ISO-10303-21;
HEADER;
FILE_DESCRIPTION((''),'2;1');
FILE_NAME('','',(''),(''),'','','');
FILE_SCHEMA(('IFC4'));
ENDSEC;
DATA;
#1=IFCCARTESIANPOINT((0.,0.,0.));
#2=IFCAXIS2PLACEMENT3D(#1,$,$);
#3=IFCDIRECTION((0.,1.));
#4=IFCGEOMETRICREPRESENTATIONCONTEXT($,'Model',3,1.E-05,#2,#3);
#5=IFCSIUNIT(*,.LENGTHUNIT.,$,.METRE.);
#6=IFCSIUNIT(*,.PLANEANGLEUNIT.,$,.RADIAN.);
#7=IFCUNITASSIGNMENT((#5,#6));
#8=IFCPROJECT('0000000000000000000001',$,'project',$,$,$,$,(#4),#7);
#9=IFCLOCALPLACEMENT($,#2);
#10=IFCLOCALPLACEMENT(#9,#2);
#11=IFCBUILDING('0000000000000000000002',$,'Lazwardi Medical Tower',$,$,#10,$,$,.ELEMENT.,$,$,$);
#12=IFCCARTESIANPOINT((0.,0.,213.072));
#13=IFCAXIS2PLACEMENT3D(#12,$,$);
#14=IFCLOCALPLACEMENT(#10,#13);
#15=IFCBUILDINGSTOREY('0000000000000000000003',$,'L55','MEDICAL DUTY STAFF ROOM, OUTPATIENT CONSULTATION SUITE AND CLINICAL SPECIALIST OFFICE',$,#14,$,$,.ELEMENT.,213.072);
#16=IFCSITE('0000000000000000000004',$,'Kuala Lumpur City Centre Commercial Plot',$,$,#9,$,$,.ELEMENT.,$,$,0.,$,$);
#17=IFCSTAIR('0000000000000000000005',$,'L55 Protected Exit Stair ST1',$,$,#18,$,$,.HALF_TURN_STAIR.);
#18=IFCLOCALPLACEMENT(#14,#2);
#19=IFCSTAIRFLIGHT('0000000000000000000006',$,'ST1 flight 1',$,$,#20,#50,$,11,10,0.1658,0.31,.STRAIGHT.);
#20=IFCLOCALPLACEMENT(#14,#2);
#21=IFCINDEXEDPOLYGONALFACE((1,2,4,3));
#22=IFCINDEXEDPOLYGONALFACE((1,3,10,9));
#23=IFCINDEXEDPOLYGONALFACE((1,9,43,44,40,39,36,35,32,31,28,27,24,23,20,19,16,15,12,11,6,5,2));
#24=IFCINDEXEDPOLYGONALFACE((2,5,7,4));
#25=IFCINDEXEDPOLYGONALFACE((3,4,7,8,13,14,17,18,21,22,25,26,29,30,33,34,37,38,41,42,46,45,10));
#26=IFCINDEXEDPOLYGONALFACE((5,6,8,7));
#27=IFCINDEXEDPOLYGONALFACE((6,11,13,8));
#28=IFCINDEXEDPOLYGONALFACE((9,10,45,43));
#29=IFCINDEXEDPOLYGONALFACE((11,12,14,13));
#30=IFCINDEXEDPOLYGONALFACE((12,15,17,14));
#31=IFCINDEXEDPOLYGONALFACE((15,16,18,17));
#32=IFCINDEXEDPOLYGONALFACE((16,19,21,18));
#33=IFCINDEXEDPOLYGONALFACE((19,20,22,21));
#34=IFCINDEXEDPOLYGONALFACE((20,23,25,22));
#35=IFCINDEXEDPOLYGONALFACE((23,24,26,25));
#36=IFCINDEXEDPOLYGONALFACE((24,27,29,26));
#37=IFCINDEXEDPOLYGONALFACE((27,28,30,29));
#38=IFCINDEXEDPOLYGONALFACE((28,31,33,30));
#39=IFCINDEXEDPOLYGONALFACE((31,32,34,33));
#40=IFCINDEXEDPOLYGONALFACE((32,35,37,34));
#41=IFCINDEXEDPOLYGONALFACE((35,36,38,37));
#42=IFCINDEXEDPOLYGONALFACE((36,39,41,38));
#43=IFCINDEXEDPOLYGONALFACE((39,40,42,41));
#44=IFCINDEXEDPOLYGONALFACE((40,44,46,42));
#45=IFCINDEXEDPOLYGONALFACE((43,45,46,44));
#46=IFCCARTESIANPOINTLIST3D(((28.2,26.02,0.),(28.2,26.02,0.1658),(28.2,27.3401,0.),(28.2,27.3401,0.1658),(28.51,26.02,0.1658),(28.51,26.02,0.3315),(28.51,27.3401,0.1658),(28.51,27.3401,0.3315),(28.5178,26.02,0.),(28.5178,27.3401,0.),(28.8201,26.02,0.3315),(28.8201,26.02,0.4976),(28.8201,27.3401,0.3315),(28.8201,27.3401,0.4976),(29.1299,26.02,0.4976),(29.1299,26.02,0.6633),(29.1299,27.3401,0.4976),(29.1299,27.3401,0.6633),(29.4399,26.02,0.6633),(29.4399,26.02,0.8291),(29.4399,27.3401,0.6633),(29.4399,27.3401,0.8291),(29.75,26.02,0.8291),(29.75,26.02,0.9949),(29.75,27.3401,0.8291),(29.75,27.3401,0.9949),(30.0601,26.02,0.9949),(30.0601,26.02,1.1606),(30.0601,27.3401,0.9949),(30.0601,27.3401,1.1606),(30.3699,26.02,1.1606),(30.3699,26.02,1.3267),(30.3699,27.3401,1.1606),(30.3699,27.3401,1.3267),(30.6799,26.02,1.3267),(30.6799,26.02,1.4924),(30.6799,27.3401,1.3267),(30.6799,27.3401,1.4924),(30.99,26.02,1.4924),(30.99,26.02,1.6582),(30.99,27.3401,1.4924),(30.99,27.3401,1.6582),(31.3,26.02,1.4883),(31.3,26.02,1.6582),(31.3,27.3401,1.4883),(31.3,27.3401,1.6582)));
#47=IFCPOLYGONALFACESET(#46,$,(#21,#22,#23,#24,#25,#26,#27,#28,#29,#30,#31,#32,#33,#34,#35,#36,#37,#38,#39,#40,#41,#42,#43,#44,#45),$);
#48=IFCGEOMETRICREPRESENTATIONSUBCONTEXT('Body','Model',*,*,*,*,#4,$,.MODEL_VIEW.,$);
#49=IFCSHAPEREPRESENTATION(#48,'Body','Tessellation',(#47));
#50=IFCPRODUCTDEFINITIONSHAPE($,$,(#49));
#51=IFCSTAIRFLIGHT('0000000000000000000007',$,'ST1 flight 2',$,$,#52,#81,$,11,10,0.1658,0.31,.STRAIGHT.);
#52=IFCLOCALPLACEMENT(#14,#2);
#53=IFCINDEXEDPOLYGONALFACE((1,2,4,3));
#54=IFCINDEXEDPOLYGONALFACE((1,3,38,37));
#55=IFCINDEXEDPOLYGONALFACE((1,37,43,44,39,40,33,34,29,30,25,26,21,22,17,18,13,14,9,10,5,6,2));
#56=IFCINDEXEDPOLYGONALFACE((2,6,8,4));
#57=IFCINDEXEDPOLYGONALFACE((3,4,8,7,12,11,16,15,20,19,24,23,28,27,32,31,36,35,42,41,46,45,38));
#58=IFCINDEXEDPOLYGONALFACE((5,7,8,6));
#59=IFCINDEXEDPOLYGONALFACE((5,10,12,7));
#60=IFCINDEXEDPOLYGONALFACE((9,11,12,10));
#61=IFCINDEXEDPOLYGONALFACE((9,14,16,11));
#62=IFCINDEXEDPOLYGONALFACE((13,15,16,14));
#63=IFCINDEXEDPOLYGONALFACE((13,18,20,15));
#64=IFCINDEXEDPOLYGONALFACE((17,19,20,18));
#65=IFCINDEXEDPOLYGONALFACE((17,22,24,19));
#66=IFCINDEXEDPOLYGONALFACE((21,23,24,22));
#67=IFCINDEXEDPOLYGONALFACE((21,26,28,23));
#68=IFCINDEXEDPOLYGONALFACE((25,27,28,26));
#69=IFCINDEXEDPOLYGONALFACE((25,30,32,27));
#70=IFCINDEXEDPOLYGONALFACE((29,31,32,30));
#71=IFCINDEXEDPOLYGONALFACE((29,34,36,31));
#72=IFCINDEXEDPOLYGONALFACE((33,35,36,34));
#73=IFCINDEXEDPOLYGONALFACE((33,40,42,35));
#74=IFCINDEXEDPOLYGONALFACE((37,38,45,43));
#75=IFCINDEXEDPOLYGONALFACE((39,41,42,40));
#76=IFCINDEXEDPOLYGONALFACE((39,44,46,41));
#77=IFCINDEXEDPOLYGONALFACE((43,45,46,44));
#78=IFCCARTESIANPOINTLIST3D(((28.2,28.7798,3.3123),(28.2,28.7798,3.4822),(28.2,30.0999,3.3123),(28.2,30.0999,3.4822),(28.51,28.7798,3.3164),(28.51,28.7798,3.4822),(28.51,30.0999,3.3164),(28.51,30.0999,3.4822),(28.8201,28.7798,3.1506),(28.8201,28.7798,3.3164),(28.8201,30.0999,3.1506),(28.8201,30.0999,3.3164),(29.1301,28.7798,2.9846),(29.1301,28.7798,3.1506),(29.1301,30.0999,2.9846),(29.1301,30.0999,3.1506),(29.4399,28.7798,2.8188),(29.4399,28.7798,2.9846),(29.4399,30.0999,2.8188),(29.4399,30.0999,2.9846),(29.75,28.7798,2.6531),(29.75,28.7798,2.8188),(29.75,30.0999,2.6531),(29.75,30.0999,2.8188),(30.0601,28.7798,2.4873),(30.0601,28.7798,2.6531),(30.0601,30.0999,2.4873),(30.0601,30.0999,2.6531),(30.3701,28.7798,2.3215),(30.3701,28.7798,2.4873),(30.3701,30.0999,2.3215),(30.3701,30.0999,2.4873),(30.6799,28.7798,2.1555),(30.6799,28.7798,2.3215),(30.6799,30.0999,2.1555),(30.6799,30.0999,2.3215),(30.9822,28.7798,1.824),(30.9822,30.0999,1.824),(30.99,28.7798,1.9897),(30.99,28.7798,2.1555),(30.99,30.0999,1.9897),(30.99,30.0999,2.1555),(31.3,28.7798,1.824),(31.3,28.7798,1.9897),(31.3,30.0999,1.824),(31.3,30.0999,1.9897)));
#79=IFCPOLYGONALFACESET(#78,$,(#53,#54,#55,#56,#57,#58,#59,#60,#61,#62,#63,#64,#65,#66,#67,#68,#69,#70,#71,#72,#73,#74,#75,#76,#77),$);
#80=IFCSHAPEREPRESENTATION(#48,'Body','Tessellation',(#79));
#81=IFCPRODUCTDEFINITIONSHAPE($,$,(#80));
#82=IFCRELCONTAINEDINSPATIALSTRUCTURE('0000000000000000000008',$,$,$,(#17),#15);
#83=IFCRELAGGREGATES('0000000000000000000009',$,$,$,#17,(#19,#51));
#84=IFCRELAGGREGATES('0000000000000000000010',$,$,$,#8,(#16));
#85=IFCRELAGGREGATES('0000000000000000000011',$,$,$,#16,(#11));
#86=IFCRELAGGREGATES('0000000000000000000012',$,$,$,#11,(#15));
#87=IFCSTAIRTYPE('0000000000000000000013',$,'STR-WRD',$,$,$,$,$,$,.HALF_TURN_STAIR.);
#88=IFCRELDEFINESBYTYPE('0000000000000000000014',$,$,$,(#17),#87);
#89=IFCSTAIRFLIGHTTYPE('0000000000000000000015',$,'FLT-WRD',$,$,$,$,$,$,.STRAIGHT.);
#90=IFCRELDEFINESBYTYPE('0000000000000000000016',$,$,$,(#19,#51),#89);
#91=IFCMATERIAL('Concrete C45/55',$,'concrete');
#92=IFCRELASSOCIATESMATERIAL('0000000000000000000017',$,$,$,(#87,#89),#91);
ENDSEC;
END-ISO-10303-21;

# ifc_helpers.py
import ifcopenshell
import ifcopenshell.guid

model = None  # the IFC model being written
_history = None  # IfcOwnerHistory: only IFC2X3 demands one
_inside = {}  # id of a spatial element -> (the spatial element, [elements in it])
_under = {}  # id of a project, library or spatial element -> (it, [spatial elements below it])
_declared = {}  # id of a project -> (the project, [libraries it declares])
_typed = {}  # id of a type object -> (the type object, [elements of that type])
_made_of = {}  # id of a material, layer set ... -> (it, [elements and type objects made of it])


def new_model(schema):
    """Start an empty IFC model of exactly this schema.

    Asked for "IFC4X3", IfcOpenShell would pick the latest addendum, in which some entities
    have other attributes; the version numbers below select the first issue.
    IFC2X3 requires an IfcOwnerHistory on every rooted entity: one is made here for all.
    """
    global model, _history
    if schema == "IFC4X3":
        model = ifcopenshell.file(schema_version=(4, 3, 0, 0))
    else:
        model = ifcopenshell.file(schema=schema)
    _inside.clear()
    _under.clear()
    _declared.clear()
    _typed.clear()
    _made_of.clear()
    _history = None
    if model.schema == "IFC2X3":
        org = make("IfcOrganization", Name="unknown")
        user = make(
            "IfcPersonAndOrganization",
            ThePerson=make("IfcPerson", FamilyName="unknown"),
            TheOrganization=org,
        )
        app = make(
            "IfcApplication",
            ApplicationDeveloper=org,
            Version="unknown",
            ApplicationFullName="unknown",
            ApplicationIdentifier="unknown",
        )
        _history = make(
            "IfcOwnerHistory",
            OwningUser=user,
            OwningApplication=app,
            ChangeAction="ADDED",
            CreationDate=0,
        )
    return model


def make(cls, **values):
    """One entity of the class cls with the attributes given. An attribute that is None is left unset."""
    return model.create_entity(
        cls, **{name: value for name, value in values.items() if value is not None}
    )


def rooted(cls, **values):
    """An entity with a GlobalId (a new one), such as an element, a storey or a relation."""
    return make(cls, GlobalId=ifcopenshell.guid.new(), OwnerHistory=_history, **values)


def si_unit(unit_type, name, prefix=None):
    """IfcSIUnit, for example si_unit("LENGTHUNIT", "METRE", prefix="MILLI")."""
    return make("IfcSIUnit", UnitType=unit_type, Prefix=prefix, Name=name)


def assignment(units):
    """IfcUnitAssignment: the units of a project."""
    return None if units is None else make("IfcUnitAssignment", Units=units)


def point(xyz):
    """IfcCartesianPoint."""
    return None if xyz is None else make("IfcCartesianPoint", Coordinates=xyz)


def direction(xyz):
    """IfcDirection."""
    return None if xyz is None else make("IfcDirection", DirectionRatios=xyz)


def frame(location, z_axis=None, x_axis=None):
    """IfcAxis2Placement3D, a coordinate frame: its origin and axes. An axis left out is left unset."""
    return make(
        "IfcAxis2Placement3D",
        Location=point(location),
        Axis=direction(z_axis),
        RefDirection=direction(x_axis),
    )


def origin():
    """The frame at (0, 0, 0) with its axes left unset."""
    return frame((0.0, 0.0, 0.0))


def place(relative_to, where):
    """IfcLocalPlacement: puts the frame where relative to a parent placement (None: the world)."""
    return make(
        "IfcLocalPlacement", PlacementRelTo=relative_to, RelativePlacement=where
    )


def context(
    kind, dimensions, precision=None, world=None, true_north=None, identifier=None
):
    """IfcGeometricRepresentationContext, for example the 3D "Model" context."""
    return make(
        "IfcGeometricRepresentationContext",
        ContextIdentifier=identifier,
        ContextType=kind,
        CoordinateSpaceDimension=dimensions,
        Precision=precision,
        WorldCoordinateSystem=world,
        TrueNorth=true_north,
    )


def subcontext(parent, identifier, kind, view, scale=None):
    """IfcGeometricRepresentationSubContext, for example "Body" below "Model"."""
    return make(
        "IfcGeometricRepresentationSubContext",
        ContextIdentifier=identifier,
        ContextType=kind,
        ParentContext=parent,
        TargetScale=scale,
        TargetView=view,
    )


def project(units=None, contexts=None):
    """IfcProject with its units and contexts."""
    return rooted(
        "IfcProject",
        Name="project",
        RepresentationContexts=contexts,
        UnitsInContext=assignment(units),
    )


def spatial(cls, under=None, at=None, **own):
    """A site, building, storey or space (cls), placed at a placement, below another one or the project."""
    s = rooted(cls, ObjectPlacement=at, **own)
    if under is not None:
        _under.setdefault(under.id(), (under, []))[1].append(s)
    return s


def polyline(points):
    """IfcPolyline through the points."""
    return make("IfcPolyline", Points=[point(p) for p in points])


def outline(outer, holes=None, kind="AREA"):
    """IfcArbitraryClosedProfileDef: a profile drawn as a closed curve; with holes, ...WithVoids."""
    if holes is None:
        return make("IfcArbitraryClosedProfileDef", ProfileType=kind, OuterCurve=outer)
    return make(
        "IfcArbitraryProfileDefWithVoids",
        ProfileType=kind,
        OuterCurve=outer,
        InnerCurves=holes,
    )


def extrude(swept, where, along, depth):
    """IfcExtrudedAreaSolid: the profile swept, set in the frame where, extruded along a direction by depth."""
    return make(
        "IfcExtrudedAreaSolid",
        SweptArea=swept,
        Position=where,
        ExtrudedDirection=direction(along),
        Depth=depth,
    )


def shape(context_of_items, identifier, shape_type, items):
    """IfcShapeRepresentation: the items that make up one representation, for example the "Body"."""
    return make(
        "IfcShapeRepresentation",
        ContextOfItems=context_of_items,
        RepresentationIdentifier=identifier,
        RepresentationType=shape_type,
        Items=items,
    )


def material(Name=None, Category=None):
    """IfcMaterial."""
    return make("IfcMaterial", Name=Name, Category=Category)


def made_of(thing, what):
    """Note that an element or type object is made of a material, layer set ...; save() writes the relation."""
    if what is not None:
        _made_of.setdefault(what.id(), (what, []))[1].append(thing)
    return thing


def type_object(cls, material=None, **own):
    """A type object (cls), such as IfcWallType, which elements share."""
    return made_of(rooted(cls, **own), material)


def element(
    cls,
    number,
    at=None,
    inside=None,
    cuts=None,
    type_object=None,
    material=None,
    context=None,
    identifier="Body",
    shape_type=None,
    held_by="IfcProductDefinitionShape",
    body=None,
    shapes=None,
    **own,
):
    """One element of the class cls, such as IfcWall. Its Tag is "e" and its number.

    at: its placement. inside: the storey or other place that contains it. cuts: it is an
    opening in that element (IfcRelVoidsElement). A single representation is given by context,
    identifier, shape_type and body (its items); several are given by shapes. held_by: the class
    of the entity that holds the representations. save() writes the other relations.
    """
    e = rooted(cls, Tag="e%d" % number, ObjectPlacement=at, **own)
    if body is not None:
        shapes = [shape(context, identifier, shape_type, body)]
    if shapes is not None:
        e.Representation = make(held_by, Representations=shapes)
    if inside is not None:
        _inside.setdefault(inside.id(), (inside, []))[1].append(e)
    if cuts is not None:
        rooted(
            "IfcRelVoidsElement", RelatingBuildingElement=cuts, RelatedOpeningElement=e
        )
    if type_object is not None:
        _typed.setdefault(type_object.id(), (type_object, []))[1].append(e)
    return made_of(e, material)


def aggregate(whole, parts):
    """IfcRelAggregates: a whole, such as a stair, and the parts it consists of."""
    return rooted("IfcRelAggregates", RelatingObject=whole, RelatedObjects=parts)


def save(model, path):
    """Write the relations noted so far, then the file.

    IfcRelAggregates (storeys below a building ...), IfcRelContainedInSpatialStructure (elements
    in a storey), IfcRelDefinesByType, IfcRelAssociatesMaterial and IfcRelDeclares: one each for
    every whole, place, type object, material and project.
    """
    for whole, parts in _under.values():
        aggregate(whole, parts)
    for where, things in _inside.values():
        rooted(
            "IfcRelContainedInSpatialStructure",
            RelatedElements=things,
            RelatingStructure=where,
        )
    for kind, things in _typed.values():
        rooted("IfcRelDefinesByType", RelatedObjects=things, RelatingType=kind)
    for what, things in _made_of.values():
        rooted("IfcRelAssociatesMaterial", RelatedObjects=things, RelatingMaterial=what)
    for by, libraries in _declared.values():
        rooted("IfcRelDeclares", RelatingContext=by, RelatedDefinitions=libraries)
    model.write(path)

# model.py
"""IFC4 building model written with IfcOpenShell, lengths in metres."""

from ifc_helpers import new_model, si_unit, direction, frame, origin, place, context, subcontext, project, spatial, polyline, outline, extrude, material, type_object, element, aggregate, save


model = new_model("IFC4")

# Units and contexts
model_context = context("Model", 3, precision=1e-05, world=origin(), true_north=direction((0.0, 1.0)))
body_context = subcontext(model_context, "Body", "Model", "MODEL_VIEW")
ifc_project = project(units=[si_unit("LENGTHUNIT", "METRE"), si_unit("PLANEANGLEUNIT", "RADIAN")], contexts=[model_context])

# Site, building, storey
site_placement = place(None, origin())
site = spatial("IfcSite", under=ifc_project, at=site_placement, Name="Kuala Lumpur City Centre Commercial Plot", CompositionType="ELEMENT", RefElevation=0.0)
building_placement = place(site_placement, origin())
building = spatial("IfcBuilding", under=site, at=building_placement, Name="Lazwardi Medical Tower", CompositionType="ELEMENT")
storey_placement = place(building_placement, frame((0.0, 0.0, 213.072)))
storey = spatial("IfcBuildingStorey", under=building, at=storey_placement, Name="L55", Description="MEDICAL DUTY STAFF ROOM, OUTPATIENT CONSULTATION SUITE AND CLINICAL SPECIALIST OFFICE", CompositionType="ELEMENT", Elevation=213.072)

# Stair, stair flights
ifc_material_1 = material(Name="Concrete C45/55", Category="concrete")
stair_type = type_object("IfcStairType", Name="STR-WRD", PredefinedType="HALF_TURN_STAIR", material=ifc_material_1)
stair_placement = place(storey_placement, origin())
stair = element("IfcStair", 1, at=stair_placement, inside=storey, type_object=stair_type, Name="L55 Protected Exit Stair ST1", PredefinedType="HALF_TURN_STAIR")
stair_flight_type = type_object("IfcStairFlightType", Name="FLT-WRD", PredefinedType="STRAIGHT", material=ifc_material_1)
stair_flight_1_placement = place(storey_placement, frame((28.2, 26.6799, 0.0), z_axis=(0.0, 0.0, 1.0), x_axis=(1.0, 0.0, 0.0)))
stair_flight_1 = element("IfcStairFlight", 2, at=stair_flight_1_placement, type_object=stair_flight_type, Name="ST1 flight 1", NumberOfRisers=11, NumberOfTreads=10, PredefinedType="STRAIGHT", RiserHeight=0.1658, TreadLength=0.31, context=body_context, shape_type="SweptSolid", body=[
    extrude(outline(polyline([(0.0, 0.0), (0.0, 0.1658), (0.3101, 0.1658), (0.3101, 0.3315), (0.6201, 0.3315), (0.6201, 0.4976), (0.9299, 0.4976), (0.9299, 0.6633), (1.24, 0.6633), (1.24, 0.8291), (1.55, 0.8291), (1.55, 0.9949), (1.8601, 0.9949), (1.8601, 1.1606), (2.1699, 1.1606), (2.1699, 1.3267), (2.48, 1.3267), (2.48, 1.4924), (2.79, 1.4924), (2.79, 1.6582), (3.1001, 1.6582), (3.1001, 1.824), (3.1001, 1.4883), (0.3179, 0.0), (0.0, 0.0)])), frame((0.0, 0.6602, 0.0), z_axis=(0.0, -1.0, 0.0), x_axis=(1.0, 0.0, 0.0)), (0.0, 0.0, 1.0), 1.3201),
])
stair_flight_2_placement = place(storey_placement, frame((31.3, 29.4399, 1.824), z_axis=(0.0, 0.0, 1.0), x_axis=(-1.0, 0.0, 0.0)))
stair_flight_2 = element("IfcStairFlight", 3, at=stair_flight_2_placement, type_object=stair_flight_type, Name="ST1 flight 2", NumberOfRisers=11, NumberOfTreads=10, PredefinedType="STRAIGHT", RiserHeight=0.1658, TreadLength=0.31, context=body_context, shape_type="SweptSolid", body=[
    extrude(outline(polyline([(0.0, 0.0), (0.0, 0.1658), (0.3101, 0.1658), (0.3101, 0.3315), (0.6201, 0.3315), (0.6201, 0.4976), (0.9299, 0.4976), (0.9299, 0.6633), (1.24, 0.6633), (1.24, 0.8291), (1.55, 0.8291), (1.55, 0.9949), (1.8601, 0.9949), (1.8601, 1.1606), (2.1699, 1.1606), (2.1699, 1.3267), (2.48, 1.3267), (2.48, 1.4924), (2.79, 1.4924), (2.79, 1.6582), (3.1001, 1.6582), (3.1001, 1.824), (3.1001, 1.4883), (0.3179, 0.0), (0.0, 0.0)])), frame((0.0, 0.6602, 0.0), z_axis=(0.0, -1.0, 0.0), x_axis=(1.0, 0.0, 0.0)), (0.0, 0.0, 1.0), 1.3201),
])
aggregate(stair, [stair_flight_1, stair_flight_2])

save(model, "model.ifc")
